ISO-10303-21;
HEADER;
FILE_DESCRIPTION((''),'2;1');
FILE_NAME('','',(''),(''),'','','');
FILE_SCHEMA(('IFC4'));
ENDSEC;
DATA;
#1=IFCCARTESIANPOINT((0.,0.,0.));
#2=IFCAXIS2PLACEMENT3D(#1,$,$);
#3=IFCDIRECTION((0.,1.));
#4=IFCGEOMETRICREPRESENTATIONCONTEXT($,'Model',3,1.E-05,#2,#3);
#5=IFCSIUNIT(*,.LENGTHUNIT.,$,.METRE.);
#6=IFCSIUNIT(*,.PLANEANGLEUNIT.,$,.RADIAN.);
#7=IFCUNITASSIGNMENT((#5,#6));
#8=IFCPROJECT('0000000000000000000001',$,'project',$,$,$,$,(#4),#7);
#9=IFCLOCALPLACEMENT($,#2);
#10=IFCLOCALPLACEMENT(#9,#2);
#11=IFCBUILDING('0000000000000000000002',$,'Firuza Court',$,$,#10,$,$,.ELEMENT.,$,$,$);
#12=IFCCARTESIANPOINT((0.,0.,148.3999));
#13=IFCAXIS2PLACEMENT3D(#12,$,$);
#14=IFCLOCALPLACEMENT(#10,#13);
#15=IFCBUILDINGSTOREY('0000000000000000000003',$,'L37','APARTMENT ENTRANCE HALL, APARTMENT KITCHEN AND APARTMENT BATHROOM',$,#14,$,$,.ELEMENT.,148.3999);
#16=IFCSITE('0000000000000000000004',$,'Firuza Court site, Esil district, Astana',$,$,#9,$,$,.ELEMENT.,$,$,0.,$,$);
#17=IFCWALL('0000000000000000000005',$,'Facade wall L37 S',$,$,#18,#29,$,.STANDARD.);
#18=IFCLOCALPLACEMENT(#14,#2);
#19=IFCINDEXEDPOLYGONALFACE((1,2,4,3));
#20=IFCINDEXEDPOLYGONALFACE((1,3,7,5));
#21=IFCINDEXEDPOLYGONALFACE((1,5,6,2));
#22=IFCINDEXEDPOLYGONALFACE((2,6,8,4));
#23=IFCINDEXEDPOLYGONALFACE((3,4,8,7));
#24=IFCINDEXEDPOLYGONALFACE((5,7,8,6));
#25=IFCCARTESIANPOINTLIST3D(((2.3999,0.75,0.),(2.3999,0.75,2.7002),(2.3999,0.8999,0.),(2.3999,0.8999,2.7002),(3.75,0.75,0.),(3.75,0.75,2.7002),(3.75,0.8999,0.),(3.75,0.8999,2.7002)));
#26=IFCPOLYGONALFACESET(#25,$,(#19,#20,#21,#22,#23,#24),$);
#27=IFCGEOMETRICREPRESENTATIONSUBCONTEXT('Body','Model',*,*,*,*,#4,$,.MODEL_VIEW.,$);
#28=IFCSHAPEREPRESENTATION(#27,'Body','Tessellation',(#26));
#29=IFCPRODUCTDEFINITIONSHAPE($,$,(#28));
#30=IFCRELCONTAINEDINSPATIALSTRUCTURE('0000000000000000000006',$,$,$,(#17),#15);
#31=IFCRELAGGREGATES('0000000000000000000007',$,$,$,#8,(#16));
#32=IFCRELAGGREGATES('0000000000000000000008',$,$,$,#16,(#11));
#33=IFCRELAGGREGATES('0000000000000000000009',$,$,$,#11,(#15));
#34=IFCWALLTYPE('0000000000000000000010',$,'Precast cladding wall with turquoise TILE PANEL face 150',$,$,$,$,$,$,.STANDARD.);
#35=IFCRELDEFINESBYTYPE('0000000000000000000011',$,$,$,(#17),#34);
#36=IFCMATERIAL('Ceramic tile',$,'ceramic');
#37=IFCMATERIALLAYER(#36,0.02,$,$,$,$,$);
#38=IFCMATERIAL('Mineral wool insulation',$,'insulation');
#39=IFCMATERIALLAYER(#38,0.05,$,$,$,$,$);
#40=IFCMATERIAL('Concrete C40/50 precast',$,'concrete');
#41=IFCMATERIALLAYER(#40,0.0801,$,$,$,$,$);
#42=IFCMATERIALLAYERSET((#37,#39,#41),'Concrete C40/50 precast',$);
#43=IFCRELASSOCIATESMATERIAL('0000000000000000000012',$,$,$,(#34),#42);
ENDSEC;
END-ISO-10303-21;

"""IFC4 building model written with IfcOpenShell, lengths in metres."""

from ifc_helpers import new_model, si_unit, direction, frame, frame_2d, origin, place, context, subcontext, project, spatial, rectangle, extrude, material, layer, layer_set, type_object, element, save


model = new_model("IFC4")

# Units and contexts
model_context = context("Model", 3, precision=1e-05, world=origin(), true_north=direction((0.0, 1.0)))
body_context = subcontext(model_context, "Body", "Model", "MODEL_VIEW")
ifc_project = project(units=[si_unit("LENGTHUNIT", "METRE"), si_unit("PLANEANGLEUNIT", "RADIAN")], contexts=[model_context])

# Site, building, storey
site_placement = place(None, origin())
site = spatial("IfcSite", under=ifc_project, at=site_placement, Name="Firuza Court site, Esil district, Astana", CompositionType="ELEMENT", RefElevation=0.0)
building_placement = place(site_placement, origin())
building = spatial("IfcBuilding", under=site, at=building_placement, Name="Firuza Court", CompositionType="ELEMENT")
storey_placement = place(building_placement, frame((0.0, 0.0, 148.3999)))
storey = spatial("IfcBuildingStorey", under=building, at=storey_placement, Name="L37", Description="APARTMENT ENTRANCE HALL, APARTMENT KITCHEN AND APARTMENT BATHROOM", CompositionType="ELEMENT", Elevation=148.3999)

# Shared definitions
ifc_material_1 = material(Name="Concrete C40/50 precast", Category="concrete")

# Wall
ifc_material_2 = material(Name="Ceramic tile", Category="ceramic")
ifc_layer_1 = layer(ifc_material_2, 0.02)
ifc_material_3 = material(Name="Mineral wool insulation", Category="insulation")
ifc_layer_2 = layer(ifc_material_3, 0.05)
ifc_layer_3 = layer(ifc_material_1, 0.0801)
ifc_layer_set_1 = layer_set([ifc_layer_1, ifc_layer_2, ifc_layer_3], Name="Concrete C40/50 precast")
wall_type_1 = type_object("IfcWallType", Name="Precast cladding wall with turquoise TILE PANEL face 150", PredefinedType="STANDARD", material=ifc_layer_set_1)
wall_1_placement = place(storey_placement, frame((2.3999, 0.825, 0.0), z_axis=(0.0, 0.0, 1.0), x_axis=(1.0, 0.0, 0.0)))
element("IfcWall", 1, at=wall_1_placement, inside=storey, type_object=wall_type_1, Name="Facade wall L37 S", PredefinedType="STANDARD", context=body_context, shape_type="SweptSolid", body=[
    extrude(rectangle(XDim=1.3501, YDim=0.1499, at=frame_2d((0.675, 0.0))), origin(), (0.0, 0.0, 1.0), 2.7002),
])

save(model, "model.ifc")
